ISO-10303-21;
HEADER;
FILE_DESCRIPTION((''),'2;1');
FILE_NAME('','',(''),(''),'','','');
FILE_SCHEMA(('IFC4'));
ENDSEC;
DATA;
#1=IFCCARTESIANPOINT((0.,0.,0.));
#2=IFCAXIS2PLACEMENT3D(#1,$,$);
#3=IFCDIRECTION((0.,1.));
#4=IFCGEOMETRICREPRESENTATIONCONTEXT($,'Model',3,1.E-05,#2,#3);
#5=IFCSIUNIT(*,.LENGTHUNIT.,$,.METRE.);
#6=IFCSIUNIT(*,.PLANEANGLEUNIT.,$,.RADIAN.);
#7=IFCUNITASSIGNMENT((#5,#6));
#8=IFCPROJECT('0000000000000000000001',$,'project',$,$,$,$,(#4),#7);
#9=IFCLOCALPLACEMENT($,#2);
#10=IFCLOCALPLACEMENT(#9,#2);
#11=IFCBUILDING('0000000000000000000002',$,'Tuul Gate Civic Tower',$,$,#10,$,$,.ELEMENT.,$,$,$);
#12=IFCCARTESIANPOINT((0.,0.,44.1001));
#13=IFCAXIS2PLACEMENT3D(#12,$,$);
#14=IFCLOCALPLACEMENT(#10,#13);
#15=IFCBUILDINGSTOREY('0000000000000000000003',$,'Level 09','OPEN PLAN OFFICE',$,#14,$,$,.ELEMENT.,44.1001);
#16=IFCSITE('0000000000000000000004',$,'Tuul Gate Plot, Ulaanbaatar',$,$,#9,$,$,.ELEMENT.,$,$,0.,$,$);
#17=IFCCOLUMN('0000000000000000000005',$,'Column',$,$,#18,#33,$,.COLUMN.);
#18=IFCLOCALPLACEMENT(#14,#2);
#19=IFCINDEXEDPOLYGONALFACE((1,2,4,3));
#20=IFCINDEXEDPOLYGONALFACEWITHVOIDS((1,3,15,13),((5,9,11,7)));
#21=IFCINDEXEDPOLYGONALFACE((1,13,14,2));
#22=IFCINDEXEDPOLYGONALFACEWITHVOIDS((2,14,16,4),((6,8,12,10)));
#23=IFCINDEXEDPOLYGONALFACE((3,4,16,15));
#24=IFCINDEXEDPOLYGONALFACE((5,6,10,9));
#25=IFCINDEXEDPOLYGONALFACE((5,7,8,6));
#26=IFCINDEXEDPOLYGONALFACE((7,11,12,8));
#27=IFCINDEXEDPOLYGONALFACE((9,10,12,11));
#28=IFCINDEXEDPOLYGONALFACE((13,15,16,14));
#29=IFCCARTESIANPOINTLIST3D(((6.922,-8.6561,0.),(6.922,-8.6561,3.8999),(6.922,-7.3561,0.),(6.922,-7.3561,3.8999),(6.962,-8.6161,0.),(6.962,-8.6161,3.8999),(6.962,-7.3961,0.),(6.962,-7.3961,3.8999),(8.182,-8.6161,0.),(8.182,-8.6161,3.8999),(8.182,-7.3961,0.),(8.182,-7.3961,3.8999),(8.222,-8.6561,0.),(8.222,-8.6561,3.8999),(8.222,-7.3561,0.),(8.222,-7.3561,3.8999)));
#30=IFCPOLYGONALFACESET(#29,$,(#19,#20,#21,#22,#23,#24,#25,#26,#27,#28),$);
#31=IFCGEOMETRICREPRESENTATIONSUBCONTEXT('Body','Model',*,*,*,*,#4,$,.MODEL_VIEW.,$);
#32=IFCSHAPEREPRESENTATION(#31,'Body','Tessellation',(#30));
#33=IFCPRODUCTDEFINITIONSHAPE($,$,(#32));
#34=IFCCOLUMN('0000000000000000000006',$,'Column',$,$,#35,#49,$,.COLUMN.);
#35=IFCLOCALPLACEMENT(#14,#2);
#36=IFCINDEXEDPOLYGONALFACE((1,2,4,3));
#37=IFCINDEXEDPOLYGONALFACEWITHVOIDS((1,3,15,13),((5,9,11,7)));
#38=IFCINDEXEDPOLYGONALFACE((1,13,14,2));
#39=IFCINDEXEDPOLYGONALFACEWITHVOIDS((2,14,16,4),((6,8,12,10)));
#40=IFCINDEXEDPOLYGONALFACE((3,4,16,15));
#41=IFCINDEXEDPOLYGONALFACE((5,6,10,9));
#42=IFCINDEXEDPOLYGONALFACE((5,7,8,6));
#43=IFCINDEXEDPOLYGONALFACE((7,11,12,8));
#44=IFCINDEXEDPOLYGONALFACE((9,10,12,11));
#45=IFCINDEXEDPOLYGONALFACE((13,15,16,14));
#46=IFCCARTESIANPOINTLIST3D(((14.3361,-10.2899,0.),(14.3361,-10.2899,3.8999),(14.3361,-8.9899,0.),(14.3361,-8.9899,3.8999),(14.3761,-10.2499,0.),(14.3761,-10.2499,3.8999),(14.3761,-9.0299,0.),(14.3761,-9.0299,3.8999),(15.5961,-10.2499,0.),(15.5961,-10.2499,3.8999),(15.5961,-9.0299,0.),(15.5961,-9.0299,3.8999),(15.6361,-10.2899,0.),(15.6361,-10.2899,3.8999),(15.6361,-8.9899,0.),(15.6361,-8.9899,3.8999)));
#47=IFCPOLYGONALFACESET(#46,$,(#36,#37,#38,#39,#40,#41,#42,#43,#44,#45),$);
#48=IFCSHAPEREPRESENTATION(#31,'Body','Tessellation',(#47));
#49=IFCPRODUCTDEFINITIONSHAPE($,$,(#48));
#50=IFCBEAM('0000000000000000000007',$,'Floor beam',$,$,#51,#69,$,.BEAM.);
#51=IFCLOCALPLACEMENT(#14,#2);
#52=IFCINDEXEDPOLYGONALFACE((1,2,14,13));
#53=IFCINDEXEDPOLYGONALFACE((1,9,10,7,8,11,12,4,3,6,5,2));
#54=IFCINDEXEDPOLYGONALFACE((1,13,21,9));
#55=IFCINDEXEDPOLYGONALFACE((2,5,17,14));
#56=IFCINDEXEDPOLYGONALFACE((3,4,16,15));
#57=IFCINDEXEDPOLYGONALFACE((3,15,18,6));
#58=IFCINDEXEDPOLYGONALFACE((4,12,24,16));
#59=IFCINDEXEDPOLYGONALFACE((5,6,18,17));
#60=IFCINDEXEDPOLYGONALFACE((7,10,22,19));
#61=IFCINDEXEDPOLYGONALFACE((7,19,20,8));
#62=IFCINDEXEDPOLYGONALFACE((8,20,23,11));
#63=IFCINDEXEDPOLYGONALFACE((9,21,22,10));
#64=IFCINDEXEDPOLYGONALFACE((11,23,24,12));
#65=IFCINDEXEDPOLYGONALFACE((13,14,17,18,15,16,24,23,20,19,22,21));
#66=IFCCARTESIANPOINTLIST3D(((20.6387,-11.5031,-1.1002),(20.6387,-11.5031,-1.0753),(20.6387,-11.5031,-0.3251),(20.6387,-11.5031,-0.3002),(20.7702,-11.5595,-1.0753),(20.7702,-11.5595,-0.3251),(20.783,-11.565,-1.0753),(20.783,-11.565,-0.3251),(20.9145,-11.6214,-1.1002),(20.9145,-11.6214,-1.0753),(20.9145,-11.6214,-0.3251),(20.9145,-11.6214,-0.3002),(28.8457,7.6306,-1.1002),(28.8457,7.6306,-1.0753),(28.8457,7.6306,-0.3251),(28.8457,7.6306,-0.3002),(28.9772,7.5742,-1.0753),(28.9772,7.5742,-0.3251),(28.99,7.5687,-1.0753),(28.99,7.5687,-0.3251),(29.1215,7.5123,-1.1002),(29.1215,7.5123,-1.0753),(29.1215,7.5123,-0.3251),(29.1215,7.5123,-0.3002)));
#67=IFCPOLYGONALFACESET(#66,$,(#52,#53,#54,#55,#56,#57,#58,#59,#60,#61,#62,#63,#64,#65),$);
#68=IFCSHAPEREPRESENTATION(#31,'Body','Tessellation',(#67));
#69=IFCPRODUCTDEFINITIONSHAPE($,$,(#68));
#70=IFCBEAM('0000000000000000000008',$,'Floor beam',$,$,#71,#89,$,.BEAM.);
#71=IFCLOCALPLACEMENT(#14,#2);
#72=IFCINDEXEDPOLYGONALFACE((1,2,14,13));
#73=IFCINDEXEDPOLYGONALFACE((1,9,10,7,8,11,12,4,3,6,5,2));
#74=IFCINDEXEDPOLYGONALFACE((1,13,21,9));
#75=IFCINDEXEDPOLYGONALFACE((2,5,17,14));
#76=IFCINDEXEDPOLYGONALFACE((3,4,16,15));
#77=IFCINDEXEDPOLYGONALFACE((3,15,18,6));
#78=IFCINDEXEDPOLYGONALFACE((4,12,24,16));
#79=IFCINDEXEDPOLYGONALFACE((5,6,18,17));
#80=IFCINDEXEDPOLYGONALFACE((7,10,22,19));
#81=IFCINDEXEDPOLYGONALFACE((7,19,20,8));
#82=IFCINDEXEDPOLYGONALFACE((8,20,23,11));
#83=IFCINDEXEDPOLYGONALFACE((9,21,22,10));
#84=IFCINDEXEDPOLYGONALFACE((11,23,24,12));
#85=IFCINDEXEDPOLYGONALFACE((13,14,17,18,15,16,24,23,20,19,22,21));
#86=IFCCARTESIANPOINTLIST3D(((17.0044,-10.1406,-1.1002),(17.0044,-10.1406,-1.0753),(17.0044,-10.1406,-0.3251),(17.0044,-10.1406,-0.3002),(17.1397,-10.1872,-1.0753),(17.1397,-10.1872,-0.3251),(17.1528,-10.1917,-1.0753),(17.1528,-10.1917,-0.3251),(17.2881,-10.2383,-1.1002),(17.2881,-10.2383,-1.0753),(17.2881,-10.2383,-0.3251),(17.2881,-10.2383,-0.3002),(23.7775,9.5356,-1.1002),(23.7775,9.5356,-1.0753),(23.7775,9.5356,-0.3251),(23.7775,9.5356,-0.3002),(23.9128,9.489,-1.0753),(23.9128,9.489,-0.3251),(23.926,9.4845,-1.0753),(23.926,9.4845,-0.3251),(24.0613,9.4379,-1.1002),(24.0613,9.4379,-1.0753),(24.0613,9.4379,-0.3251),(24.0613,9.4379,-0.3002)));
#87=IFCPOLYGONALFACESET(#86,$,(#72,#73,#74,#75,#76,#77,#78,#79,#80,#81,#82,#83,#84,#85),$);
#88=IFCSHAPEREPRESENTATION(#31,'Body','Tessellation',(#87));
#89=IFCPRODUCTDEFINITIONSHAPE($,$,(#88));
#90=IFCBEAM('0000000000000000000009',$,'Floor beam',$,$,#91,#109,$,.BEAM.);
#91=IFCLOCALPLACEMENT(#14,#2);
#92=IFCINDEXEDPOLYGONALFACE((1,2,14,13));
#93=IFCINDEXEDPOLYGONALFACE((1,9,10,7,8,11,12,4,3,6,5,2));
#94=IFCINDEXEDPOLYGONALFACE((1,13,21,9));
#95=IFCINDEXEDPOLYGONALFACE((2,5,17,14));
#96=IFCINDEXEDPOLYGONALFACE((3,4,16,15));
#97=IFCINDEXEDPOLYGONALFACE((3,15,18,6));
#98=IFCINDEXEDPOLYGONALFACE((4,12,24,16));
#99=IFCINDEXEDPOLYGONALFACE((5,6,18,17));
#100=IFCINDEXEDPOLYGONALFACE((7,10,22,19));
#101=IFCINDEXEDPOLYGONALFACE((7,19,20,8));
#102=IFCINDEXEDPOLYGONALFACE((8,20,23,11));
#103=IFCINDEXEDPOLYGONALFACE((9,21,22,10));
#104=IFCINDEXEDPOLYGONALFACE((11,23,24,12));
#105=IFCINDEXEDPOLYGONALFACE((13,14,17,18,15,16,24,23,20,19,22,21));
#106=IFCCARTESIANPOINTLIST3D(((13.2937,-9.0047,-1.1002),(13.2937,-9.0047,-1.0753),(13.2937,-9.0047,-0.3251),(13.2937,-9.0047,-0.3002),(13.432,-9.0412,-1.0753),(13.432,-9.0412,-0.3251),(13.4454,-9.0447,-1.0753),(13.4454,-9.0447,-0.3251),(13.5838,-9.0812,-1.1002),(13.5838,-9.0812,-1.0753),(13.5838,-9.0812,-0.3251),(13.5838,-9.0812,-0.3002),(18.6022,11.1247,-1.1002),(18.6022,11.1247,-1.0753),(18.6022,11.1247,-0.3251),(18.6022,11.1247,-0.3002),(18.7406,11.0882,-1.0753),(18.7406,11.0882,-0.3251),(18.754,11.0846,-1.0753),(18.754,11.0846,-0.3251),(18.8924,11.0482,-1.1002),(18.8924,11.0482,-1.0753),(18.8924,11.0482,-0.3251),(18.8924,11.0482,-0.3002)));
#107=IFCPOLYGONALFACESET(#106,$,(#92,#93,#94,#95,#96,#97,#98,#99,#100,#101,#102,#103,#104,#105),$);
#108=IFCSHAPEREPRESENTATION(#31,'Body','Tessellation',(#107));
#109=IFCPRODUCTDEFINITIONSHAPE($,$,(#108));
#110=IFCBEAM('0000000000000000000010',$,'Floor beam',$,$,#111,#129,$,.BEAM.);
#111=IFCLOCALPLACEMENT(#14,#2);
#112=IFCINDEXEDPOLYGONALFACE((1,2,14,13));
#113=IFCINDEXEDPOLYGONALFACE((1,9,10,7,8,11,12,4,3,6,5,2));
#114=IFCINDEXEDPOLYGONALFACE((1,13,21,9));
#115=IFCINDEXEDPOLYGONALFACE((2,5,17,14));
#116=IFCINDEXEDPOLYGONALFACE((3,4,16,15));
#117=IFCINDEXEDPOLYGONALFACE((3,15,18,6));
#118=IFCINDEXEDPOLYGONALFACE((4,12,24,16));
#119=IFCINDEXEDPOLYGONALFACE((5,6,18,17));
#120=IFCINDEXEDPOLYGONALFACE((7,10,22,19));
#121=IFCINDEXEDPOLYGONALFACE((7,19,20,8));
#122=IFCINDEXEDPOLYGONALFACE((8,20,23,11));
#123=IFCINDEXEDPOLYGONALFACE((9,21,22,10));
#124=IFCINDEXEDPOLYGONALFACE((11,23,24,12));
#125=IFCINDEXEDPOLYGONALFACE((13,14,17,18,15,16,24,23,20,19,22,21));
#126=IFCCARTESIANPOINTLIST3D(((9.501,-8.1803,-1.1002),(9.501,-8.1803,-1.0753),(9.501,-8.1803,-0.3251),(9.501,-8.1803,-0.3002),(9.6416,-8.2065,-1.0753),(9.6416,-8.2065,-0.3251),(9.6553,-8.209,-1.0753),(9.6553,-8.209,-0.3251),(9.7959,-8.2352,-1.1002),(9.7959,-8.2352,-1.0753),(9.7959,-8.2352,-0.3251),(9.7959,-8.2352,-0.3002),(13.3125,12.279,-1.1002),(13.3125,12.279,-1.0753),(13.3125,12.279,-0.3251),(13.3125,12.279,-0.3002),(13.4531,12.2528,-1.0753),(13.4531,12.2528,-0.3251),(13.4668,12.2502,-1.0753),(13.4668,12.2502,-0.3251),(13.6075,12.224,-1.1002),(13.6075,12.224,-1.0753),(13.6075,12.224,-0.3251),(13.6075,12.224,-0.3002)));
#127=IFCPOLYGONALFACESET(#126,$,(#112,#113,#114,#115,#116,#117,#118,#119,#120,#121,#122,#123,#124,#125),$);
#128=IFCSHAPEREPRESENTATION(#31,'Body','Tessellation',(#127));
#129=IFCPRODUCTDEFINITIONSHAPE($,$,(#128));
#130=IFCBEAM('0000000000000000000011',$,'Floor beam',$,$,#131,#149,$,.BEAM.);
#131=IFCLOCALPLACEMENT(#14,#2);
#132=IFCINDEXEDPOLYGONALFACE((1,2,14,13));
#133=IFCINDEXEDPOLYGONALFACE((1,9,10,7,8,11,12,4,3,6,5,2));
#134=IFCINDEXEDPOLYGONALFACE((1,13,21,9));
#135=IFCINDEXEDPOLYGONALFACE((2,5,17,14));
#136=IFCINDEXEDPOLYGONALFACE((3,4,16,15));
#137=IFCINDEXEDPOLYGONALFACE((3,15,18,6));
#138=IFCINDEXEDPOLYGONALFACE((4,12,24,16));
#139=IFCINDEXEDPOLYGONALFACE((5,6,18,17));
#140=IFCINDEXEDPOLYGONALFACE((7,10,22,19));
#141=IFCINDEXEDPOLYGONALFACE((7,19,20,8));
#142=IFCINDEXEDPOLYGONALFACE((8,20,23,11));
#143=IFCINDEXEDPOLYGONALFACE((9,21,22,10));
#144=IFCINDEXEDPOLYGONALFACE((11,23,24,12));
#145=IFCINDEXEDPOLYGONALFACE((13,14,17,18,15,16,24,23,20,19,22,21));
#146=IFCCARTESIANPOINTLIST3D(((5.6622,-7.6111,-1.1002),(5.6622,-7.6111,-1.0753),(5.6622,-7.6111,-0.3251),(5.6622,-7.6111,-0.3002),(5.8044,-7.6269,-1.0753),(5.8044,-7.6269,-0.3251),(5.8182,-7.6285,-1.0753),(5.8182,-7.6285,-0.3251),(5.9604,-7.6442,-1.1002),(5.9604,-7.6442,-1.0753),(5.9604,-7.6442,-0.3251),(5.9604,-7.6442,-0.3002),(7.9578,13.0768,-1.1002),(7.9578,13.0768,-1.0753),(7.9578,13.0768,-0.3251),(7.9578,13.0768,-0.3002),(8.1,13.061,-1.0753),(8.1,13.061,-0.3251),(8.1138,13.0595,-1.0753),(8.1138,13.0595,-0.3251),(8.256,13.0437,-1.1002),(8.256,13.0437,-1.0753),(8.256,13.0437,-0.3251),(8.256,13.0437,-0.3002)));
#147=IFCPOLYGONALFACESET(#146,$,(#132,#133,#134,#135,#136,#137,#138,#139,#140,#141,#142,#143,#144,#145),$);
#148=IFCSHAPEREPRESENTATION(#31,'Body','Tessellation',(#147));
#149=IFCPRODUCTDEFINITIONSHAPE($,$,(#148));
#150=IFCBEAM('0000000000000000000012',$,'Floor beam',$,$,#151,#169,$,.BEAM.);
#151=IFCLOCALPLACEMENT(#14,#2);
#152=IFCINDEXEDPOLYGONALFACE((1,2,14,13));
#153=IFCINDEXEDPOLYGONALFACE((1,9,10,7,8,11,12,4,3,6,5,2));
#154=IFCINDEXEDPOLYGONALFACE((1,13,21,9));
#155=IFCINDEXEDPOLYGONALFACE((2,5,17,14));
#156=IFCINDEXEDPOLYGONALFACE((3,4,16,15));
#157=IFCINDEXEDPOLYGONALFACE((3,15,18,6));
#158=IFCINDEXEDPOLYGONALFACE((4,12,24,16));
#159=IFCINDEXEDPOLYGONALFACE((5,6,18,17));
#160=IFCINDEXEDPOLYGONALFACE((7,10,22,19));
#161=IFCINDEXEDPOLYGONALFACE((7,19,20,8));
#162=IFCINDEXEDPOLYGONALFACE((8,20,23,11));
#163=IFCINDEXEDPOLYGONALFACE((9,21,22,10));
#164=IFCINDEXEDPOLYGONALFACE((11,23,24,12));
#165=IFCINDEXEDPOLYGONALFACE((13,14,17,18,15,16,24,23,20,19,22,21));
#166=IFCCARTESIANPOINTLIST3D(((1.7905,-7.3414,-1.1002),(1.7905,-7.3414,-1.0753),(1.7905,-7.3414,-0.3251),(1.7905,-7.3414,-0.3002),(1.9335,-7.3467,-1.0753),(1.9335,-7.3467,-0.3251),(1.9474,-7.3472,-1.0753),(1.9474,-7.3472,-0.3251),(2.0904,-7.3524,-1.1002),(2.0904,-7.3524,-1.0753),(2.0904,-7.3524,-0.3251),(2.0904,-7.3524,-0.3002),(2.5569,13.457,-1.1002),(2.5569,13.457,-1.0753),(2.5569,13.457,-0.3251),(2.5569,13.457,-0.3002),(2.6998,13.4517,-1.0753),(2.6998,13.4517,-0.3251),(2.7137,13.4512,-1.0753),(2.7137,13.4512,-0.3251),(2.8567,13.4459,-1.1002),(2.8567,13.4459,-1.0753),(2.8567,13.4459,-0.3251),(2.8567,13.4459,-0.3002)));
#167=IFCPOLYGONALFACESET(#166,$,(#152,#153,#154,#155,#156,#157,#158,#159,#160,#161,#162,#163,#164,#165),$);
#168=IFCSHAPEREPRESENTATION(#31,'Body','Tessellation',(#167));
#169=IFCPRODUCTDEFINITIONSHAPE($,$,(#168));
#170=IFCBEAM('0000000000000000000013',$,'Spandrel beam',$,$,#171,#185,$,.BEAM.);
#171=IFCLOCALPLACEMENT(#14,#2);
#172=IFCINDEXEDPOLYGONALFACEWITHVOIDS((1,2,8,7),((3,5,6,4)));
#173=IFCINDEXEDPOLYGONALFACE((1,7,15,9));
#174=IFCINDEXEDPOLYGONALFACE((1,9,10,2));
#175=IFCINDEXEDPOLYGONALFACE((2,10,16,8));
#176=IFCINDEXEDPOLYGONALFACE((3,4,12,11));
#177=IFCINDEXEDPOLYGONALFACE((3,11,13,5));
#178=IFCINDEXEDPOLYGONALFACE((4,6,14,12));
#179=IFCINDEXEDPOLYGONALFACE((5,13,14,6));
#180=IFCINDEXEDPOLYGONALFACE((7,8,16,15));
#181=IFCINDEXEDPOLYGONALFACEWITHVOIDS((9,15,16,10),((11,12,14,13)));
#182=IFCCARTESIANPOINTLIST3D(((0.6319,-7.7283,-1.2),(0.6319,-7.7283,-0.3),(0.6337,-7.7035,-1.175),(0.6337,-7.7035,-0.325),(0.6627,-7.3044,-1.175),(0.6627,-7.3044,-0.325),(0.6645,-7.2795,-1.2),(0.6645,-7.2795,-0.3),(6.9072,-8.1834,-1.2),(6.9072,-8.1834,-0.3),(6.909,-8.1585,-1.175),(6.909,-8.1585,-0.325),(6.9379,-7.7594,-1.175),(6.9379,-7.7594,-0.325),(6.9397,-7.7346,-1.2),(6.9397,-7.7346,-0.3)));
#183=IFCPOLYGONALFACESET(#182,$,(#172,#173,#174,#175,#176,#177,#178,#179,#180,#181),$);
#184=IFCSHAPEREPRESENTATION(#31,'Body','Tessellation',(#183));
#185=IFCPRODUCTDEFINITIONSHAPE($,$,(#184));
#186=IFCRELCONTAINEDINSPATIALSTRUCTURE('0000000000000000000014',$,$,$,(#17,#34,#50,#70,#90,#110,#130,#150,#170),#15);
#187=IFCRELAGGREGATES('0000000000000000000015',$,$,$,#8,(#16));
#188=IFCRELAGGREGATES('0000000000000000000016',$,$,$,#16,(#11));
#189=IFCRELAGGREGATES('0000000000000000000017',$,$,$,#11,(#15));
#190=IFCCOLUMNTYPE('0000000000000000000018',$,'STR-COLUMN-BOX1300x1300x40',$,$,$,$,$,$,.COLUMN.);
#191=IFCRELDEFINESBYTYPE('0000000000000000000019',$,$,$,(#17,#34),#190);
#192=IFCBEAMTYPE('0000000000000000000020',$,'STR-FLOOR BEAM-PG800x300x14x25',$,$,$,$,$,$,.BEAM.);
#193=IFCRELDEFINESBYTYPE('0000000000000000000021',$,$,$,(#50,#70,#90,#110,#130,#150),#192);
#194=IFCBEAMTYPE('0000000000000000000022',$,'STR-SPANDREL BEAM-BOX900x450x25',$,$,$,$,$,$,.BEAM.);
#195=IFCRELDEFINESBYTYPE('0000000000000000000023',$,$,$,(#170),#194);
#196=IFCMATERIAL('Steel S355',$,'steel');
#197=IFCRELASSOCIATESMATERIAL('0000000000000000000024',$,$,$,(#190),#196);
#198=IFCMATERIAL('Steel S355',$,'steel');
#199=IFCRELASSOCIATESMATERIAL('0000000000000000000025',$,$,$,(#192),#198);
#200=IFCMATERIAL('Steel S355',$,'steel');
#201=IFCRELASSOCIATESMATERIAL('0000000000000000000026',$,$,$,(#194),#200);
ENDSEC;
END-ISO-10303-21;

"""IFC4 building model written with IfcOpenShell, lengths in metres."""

from ifc_helpers import new_model, si_unit, direction, frame, origin, origin_2d, place, context, subcontext, project, spatial, hollow_rectangle, i_section, extrude, material, material_profile, profile_set, type_object, element, save


model = new_model("IFC4")

# Units and contexts
model_context = context("Model", 3, precision=1e-05, world=origin(), true_north=direction((0.0, 1.0)))
body_context = subcontext(model_context, "Body", "Model", "MODEL_VIEW")
ifc_project = project(units=[si_unit("LENGTHUNIT", "METRE"), si_unit("PLANEANGLEUNIT", "RADIAN")], contexts=[model_context])

# Site, building, storey
site_placement = place(None, origin())
site = spatial("IfcSite", under=ifc_project, at=site_placement, Name="Tuul Gate Plot, Ulaanbaatar", CompositionType="ELEMENT", RefElevation=0.0)
building_placement = place(site_placement, origin())
building = spatial("IfcBuilding", under=site, at=building_placement, Name="Tuul Gate Civic Tower", CompositionType="ELEMENT")
storey_placement = place(building_placement, frame((0.0, 0.0, 44.1001)))
storey = spatial("IfcBuildingStorey", under=building, at=storey_placement, Name="Level 09", Description="OPEN PLAN OFFICE", CompositionType="ELEMENT", Elevation=44.1001)

# Columns
ifc_material_1 = material(Name="Steel S355", Category="steel")
ifc_material_profile_1 = material_profile(ifc_material_1, hollow_rectangle(XDim=1.3, YDim=1.3, WallThickness=0.04, at=origin_2d()), Name="BOX1300x1300x40")
ifc_profile_set_1 = profile_set([ifc_material_profile_1], Name="Steel S355")
column_type = type_object("IfcColumnType", Name="STR-COLUMN-BOX1300x1300x40", PredefinedType="COLUMN", material=ifc_profile_set_1)
for number, where, z_axis, x_axis, name in (
    (1, (7.572, -8.0061, 0.0), (0.0, 0.0, 1.0), (1.0, 0.0, 0.0), "Column"),
    (2, (14.9861, -9.6399, 0.0), (0.0, 0.0, 1.0), (1.0, 0.0, 0.0), "Column"),
):
    element("IfcColumn", number, at=place(storey_placement, frame(where, z_axis=z_axis, x_axis=x_axis)), inside=storey, type_object=column_type, Name=name, PredefinedType="COLUMN", context=body_context, shape_type="SweptSolid", body=[
        extrude(hollow_rectangle(XDim=1.3, YDim=1.3, WallThickness=0.04, at=origin_2d()), origin(), (0.0, 0.0, 1.0), 3.8999),
    ])

# Beams
ifc_material_2 = material(Name="Steel S355", Category="steel")
ifc_material_profile_2 = material_profile(ifc_material_2, i_section(OverallWidth=0.3, OverallDepth=0.8, WebThickness=0.0139, FlangeThickness=0.0249, at=origin_2d()), Name="PG800x300x14x25")
ifc_profile_set_2 = profile_set([ifc_material_profile_2], Name="Steel S355")
beam_type_1 = type_object("IfcBeamType", Name="STR-FLOOR BEAM-PG800x300x14x25", PredefinedType="BEAM", material=ifc_profile_set_2)
beam_1_placement = place(storey_placement, frame((20.7766, -11.5623, -0.7002), z_axis=(0.394197, 0.919026, 0.0), x_axis=(-0.919026, 0.394197, 0.0)))
element("IfcBeam", 3, at=beam_1_placement, inside=storey, type_object=beam_type_1, Name="Floor beam", PredefinedType="BEAM", context=body_context, shape_type="SweptSolid", body=[
    extrude(i_section(OverallWidth=0.3, OverallDepth=0.8, WebThickness=0.0139, FlangeThickness=0.0249, at=origin_2d()), origin(), (0.0, 0.0, 1.0), 20.8196),
])
beam_2_placement = place(storey_placement, frame((17.1462, -10.1895, -0.7002), z_axis=(0.325487, 0.945547, 0.0), x_axis=(-0.945547, 0.325487, 0.0)))
element("IfcBeam", 4, at=beam_2_placement, inside=storey, type_object=beam_type_1, Name="Floor beam", PredefinedType="BEAM", context=body_context, shape_type="SweptSolid", body=[
    extrude(i_section(OverallWidth=0.3, OverallDepth=0.8, WebThickness=0.0139, FlangeThickness=0.0249, at=origin_2d()), origin(), (0.0, 0.0, 1.0), 20.8093),
])
beam_3_placement = place(storey_placement, frame((13.4387, -9.043, -0.7002), z_axis=(0.255005, 0.96694, 0.0), x_axis=(-0.96694, 0.255005, 0.0)))
element("IfcBeam", 5, at=beam_3_placement, inside=storey, type_object=beam_type_1, Name="Floor beam", PredefinedType="BEAM", context=body_context, shape_type="SweptSolid", body=[
    extrude(i_section(OverallWidth=0.3, OverallDepth=0.8, WebThickness=0.0139, FlangeThickness=0.0249, at=origin_2d()), origin(), (0.0, 0.0, 1.0), 20.8176),
])
beam_4_placement = place(storey_placement, frame((9.6484, -8.2078, -0.7002), z_axis=(0.183147, 0.983085, 0.0), x_axis=(-0.983085, 0.183147, 0.0)))
element("IfcBeam", 6, at=beam_4_placement, inside=storey, type_object=beam_type_1, Name="Floor beam", PredefinedType="BEAM", context=body_context, shape_type="SweptSolid", body=[
    extrude(i_section(OverallWidth=0.3, OverallDepth=0.8, WebThickness=0.0139, FlangeThickness=0.0249, at=origin_2d()), origin(), (0.0, 0.0, 1.0), 20.8113),
])
beam_5_placement = place(storey_placement, frame((5.8113, -7.6277, -0.7002), z_axis=(0.110289, 0.9939, 0.0), x_axis=(-0.9939, 0.110289, 0.0)))
element("IfcBeam", 7, at=beam_5_placement, inside=storey, type_object=beam_type_1, Name="Floor beam", PredefinedType="BEAM", context=body_context, shape_type="SweptSolid", body=[
    extrude(i_section(OverallWidth=0.3, OverallDepth=0.8, WebThickness=0.0139, FlangeThickness=0.0249, at=origin_2d()), origin(), (0.0, 0.0, 1.0), 20.8149),
])
beam_6_placement = place(storey_placement, frame((1.9404, -7.3469, -0.7002), z_axis=(0.036822, 0.999322, 0.0), x_axis=(-0.999322, 0.036822, 0.0)))
element("IfcBeam", 8, at=beam_6_placement, inside=storey, type_object=beam_type_1, Name="Floor beam", PredefinedType="BEAM", context=body_context, shape_type="SweptSolid", body=[
    extrude(i_section(OverallWidth=0.3, OverallDepth=0.8, WebThickness=0.0139, FlangeThickness=0.0249, at=origin_2d()), origin(), (0.0, 0.0, 1.0), 20.8125),
])
ifc_material_3 = material(Name="Steel S355", Category="steel")
ifc_material_profile_3 = material_profile(ifc_material_3, hollow_rectangle(XDim=0.45, YDim=0.8999, WallThickness=0.0249, at=origin_2d()), Name="BOX900x450x25")
ifc_profile_set_3 = profile_set([ifc_material_profile_3], Name="Steel S355")
beam_type_2 = type_object("IfcBeamType", Name="STR-SPANDREL BEAM-BOX900x450x25", PredefinedType="BEAM", material=ifc_profile_set_3)
beam_7_placement = place(storey_placement, frame((0.6482, -7.5039, -0.75), z_axis=(0.997381, -0.072328, 0.0), x_axis=(0.072328, 0.997381, 0.0)))
element("IfcBeam", 9, at=beam_7_placement, inside=storey, type_object=beam_type_2, Name="Spandrel beam", PredefinedType="BEAM", context=body_context, shape_type="SweptSolid", body=[
    extrude(hollow_rectangle(XDim=0.45, YDim=0.8999, WallThickness=0.0249, at=origin_2d()), origin(), (0.0, 0.0, 1.0), 6.2917),
])

save(model, "model.ifc")
